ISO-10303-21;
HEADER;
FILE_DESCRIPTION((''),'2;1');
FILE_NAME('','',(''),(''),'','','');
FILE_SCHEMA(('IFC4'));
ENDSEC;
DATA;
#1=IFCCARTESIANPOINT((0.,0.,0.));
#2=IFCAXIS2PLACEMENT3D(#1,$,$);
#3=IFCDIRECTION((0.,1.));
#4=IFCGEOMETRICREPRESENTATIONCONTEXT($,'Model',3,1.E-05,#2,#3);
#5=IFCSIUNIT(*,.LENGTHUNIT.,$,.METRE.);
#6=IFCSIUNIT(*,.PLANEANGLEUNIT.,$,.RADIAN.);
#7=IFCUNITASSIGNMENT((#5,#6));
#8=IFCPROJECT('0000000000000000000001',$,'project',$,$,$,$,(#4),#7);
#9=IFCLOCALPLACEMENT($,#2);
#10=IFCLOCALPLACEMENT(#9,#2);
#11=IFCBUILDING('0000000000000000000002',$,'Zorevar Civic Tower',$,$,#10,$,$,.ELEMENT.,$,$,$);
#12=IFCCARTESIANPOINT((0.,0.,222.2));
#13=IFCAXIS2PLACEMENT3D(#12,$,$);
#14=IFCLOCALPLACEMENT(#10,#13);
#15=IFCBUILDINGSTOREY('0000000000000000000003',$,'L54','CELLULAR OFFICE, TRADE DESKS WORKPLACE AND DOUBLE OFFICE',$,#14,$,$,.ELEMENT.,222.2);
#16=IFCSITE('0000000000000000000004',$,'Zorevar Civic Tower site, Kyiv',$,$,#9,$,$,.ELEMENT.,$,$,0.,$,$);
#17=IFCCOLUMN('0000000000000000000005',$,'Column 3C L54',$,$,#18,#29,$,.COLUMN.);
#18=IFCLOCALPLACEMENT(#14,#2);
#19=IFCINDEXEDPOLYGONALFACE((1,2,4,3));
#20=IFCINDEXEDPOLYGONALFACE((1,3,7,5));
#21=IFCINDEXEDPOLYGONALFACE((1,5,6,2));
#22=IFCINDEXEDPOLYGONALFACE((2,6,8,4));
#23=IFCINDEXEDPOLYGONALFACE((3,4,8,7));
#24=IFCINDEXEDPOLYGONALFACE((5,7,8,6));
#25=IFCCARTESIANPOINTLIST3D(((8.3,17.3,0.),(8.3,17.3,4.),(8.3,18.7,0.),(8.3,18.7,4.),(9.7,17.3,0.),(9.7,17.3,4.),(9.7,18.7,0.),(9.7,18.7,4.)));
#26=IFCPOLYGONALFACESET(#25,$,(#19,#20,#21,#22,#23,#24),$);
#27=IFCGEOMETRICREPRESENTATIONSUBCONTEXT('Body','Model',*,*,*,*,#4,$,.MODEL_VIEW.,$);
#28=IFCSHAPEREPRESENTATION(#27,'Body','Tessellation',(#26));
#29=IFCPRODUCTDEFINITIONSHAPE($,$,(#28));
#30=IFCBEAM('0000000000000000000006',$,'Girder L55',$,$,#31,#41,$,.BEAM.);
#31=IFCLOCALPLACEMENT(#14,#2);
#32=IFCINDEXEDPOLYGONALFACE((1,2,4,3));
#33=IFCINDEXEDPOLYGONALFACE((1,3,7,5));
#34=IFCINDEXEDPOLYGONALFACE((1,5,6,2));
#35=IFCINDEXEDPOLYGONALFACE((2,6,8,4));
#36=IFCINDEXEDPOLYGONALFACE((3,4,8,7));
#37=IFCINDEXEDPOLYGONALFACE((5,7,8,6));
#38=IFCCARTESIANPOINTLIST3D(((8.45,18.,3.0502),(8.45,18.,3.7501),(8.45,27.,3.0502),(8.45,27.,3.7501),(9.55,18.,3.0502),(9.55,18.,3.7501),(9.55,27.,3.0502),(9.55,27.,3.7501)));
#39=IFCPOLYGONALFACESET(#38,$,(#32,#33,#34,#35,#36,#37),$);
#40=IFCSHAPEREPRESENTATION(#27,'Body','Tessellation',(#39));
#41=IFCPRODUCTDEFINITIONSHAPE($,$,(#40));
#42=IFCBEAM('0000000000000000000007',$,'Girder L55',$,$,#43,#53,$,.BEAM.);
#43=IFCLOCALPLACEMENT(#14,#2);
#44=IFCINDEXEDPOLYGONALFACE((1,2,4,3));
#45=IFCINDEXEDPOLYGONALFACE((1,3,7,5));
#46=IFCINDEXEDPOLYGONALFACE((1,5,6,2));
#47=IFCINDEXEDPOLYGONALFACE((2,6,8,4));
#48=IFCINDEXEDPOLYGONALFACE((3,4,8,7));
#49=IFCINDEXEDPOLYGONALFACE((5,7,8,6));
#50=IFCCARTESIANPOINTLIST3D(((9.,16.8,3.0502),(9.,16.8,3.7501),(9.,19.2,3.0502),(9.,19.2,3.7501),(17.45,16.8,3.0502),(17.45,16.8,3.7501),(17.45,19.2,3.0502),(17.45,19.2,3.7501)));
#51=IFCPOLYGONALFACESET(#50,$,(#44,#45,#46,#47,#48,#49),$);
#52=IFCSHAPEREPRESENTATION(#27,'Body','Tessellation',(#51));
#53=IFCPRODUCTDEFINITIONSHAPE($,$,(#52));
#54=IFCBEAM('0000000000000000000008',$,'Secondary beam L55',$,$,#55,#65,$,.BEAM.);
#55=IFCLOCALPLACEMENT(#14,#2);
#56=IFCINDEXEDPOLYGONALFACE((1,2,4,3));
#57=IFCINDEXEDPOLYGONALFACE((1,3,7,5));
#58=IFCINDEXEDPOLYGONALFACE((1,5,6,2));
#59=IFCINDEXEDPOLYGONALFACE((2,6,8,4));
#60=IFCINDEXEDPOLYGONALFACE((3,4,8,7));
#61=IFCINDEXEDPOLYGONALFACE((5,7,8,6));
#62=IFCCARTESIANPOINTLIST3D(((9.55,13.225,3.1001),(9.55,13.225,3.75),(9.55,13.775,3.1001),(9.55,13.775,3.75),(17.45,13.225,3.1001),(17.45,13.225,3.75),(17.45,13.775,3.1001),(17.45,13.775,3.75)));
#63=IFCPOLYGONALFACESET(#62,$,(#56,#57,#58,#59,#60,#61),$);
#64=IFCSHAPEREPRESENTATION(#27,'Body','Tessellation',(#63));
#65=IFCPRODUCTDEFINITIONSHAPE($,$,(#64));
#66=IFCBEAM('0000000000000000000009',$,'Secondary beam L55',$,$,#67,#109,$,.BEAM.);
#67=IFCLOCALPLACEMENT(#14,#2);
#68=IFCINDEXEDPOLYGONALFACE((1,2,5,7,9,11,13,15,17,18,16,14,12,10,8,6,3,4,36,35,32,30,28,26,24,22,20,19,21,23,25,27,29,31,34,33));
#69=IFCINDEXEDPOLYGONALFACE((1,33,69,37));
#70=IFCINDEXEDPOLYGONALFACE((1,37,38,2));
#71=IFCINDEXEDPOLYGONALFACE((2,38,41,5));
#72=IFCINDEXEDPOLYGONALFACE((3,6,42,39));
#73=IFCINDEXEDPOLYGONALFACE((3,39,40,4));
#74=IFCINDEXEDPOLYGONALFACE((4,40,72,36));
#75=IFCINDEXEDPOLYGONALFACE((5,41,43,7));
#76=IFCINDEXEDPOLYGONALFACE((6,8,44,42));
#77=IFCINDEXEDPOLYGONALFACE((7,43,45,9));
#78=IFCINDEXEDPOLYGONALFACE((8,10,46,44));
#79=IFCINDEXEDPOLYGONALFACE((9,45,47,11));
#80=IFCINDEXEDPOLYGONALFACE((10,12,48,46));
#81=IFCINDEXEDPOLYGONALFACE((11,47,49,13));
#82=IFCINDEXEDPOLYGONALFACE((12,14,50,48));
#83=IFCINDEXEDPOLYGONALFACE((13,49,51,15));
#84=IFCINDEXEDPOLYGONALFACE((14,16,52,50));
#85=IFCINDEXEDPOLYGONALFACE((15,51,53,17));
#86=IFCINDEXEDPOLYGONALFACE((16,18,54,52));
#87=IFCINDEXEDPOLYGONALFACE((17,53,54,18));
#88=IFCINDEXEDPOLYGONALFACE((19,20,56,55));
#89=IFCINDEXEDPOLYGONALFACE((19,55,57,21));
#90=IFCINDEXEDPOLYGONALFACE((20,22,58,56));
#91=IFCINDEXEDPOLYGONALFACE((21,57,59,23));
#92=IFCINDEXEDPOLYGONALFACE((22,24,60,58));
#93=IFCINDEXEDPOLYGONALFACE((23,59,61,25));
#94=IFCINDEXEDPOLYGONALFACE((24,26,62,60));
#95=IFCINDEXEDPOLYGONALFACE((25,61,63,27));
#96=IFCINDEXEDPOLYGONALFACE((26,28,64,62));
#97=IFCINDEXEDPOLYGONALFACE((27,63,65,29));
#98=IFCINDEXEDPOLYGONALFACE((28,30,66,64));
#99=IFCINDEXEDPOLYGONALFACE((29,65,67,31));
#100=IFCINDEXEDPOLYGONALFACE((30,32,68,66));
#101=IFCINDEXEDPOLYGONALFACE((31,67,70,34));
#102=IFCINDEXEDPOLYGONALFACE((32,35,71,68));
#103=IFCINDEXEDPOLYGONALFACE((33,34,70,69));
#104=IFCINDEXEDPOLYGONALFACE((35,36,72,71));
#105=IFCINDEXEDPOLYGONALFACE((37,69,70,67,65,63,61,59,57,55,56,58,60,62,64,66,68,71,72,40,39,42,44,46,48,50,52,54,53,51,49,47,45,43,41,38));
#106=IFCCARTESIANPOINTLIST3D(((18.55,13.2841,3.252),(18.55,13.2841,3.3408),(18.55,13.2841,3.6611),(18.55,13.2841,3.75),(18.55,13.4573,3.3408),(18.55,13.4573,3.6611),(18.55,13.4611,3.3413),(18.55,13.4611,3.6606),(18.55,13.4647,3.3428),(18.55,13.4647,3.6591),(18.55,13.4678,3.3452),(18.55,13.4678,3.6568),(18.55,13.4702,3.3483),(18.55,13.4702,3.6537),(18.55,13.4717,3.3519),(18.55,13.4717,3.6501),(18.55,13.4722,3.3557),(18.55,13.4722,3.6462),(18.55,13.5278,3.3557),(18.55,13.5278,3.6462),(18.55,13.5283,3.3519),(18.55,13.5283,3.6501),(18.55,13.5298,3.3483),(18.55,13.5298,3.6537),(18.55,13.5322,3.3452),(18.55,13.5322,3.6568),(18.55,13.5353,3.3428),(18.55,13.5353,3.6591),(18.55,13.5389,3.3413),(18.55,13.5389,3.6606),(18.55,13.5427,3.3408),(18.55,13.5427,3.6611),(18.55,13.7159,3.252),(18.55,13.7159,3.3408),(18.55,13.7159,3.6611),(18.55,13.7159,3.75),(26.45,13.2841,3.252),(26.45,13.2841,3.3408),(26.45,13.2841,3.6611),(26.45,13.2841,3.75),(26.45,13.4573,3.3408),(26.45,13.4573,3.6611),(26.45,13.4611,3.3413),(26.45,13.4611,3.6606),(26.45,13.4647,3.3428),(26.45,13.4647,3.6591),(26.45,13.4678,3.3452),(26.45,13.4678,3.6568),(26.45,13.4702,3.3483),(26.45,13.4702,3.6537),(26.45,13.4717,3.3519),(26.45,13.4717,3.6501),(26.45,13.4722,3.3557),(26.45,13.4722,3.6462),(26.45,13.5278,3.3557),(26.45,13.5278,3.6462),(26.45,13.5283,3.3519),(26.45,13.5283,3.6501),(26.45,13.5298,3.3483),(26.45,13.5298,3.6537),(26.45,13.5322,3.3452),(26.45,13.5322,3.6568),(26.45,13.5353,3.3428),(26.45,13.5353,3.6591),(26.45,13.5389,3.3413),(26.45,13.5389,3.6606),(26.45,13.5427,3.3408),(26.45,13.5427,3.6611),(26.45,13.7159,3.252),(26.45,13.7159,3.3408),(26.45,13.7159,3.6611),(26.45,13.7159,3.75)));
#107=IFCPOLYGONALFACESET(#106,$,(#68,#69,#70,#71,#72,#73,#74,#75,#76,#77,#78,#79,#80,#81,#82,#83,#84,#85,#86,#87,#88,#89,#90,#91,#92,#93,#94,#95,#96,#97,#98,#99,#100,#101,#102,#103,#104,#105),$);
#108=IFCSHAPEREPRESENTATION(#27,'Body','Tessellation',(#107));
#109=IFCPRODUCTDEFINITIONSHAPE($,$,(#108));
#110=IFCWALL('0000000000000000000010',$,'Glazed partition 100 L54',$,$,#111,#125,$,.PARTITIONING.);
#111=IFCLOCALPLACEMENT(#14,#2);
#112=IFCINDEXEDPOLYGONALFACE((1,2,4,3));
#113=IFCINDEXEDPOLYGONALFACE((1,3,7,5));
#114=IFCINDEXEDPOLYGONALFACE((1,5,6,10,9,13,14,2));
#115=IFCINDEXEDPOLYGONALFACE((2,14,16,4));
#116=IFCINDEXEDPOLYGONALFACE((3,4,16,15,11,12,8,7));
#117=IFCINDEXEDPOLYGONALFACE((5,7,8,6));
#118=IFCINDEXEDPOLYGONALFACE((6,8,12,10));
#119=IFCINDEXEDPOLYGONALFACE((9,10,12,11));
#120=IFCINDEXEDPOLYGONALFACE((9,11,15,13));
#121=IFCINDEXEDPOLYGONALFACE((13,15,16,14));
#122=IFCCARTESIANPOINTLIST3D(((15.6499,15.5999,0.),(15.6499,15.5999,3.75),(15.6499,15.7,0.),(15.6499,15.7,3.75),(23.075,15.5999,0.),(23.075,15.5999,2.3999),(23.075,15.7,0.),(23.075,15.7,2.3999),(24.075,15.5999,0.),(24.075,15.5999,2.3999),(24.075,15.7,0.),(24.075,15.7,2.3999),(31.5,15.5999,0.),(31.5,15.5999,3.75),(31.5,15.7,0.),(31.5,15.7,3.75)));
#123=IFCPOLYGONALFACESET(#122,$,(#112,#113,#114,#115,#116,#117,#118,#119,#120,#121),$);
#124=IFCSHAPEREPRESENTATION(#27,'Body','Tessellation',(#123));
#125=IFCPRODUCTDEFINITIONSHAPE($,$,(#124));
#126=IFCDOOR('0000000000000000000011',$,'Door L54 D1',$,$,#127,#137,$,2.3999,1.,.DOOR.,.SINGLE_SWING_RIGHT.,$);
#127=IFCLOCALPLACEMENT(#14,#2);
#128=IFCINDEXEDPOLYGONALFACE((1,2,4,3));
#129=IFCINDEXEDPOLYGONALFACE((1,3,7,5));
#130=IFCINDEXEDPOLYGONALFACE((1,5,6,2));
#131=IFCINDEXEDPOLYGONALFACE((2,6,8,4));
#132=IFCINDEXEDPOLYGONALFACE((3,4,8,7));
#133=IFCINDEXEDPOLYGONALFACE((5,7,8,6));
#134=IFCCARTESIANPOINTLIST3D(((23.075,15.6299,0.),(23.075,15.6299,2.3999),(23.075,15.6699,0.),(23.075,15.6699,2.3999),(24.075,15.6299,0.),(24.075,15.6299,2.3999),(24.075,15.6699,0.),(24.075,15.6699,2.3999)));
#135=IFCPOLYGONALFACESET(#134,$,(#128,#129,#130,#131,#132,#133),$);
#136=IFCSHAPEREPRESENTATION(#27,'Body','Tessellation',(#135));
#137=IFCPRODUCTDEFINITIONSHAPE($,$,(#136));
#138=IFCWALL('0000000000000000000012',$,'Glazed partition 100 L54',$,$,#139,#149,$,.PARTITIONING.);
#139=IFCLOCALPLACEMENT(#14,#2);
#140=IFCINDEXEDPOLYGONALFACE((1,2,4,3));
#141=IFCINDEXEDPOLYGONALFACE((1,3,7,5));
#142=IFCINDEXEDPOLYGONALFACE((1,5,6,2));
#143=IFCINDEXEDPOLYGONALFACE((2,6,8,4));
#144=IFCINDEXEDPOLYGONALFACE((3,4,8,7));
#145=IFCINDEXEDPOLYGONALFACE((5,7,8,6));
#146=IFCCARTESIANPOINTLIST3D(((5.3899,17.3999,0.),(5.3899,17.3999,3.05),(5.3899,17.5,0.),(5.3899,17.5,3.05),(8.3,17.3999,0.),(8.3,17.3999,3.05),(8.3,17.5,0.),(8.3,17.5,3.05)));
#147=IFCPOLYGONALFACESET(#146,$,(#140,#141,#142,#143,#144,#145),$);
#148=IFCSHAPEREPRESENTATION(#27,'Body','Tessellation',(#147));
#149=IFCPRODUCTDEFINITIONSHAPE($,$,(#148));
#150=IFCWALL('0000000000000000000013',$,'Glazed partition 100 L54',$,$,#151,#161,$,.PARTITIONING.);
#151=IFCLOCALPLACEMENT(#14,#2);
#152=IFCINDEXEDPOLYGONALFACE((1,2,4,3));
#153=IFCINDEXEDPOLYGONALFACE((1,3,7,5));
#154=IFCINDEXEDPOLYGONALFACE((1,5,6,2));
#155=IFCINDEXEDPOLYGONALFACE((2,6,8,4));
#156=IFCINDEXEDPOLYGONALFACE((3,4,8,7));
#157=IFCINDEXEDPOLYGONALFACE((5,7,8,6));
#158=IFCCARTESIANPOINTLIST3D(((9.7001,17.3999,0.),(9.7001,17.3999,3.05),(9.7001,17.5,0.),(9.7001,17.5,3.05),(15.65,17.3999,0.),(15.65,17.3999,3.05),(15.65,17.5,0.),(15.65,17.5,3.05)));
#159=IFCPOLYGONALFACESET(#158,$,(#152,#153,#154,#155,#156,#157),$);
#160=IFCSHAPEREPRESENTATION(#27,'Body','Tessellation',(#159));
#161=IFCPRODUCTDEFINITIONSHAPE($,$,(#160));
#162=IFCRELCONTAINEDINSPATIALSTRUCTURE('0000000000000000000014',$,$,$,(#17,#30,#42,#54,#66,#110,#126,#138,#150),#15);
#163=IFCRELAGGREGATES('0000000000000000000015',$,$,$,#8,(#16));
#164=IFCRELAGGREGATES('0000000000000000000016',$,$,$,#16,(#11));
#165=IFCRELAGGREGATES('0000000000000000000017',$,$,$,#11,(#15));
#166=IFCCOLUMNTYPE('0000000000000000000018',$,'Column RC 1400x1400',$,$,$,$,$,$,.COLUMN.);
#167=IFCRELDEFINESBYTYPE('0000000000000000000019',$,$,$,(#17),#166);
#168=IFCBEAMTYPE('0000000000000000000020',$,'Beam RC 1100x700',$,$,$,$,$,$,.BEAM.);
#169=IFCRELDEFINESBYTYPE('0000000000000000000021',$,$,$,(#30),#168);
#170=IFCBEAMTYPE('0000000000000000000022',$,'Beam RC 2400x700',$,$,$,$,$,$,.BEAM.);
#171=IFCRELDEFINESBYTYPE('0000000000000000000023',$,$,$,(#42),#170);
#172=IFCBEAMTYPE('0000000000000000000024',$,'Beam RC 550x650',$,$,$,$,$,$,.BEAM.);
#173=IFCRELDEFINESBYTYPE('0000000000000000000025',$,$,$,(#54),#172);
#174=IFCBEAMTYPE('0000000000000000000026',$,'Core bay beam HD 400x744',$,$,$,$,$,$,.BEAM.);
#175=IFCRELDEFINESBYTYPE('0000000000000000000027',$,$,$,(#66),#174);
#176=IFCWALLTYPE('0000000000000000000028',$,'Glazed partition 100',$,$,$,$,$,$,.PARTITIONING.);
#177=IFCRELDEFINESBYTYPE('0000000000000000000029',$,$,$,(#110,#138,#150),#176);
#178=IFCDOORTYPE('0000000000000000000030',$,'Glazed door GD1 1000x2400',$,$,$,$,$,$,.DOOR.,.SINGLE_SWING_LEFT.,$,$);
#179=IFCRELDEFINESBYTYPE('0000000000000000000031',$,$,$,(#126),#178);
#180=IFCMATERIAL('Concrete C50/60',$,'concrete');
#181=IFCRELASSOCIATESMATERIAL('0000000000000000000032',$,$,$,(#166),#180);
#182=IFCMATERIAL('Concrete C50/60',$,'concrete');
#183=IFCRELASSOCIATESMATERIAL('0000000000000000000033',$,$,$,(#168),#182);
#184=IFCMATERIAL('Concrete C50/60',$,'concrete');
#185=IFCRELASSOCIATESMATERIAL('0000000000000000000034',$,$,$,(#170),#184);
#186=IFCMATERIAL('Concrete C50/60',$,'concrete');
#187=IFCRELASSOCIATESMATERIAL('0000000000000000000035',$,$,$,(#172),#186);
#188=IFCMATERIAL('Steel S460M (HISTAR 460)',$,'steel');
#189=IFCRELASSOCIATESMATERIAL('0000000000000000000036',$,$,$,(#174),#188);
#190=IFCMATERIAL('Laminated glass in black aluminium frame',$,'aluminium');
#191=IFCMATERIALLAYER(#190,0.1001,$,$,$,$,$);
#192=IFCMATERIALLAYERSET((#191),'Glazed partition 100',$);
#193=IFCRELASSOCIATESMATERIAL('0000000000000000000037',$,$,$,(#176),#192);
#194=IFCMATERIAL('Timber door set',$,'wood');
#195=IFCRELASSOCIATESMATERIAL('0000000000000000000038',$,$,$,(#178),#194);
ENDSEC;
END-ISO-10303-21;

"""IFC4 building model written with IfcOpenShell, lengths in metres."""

from ifc_helpers import new_model, si_unit, direction, frame, frame_2d, origin, origin_2d, place, context, subcontext, project, spatial, rectangle, i_section, extrude, material, layer, layer_set, material_profile, profile_set, type_object, element, fill, save


model = new_model("IFC4")

# Units and contexts
model_context = context("Model", 3, precision=1e-05, world=origin(), true_north=direction((0.0, 1.0)))
body_context = subcontext(model_context, "Body", "Model", "MODEL_VIEW")
ifc_project = project(units=[si_unit("LENGTHUNIT", "METRE"), si_unit("PLANEANGLEUNIT", "RADIAN")], contexts=[model_context])

# Site, building, storey
site_placement = place(None, origin())
site = spatial("IfcSite", under=ifc_project, at=site_placement, Name="Zorevar Civic Tower site, Kyiv", CompositionType="ELEMENT", RefElevation=0.0)
building_placement = place(site_placement, origin())
building = spatial("IfcBuilding", under=site, at=building_placement, Name="Zorevar Civic Tower", CompositionType="ELEMENT")
storey_placement = place(building_placement, frame((0.0, 0.0, 222.2)))
storey = spatial("IfcBuildingStorey", under=building, at=storey_placement, Name="L54", Description="CELLULAR OFFICE, TRADE DESKS WORKPLACE AND DOUBLE OFFICE", CompositionType="ELEMENT", Elevation=222.2)

# Column
ifc_material_1 = material(Name="Concrete C50/60", Category="concrete")
ifc_material_profile_1 = material_profile(ifc_material_1, rectangle(XDim=1.3999, YDim=1.3999, at=origin_2d()), Name="RC 1400x1400")
ifc_profile_set_1 = profile_set([ifc_material_profile_1], Name="Concrete C50/60")
column_type = type_object("IfcColumnType", Name="Column RC 1400x1400", PredefinedType="COLUMN", material=ifc_profile_set_1)
column_placement = place(storey_placement, frame((9.0, 18.0, 0.0), z_axis=(0.0, 0.0, 1.0), x_axis=(1.0, 0.0, 0.0)))
element("IfcColumn", 1, at=column_placement, inside=storey, type_object=column_type, Name="Column 3C L54", PredefinedType="COLUMN", context=body_context, shape_type="SweptSolid", body=[
    extrude(rectangle(XDim=1.3999, YDim=1.3999, at=origin_2d()), origin(), (0.0, 0.0, 1.0), 4.0),
])

# Beams
ifc_material_2 = material(Name="Concrete C50/60", Category="concrete")
ifc_material_profile_2 = material_profile(ifc_material_2, rectangle(XDim=1.1001, YDim=0.7, at=origin_2d()), Name="RC 1100x700")
ifc_profile_set_2 = profile_set([ifc_material_profile_2], Name="Concrete C50/60")
beam_type_1 = type_object("IfcBeamType", Name="Beam RC 1100x700", PredefinedType="BEAM", material=ifc_profile_set_2)
beam_1_placement = place(storey_placement, frame((9.0, 18.0, 3.4001), z_axis=(0.0, 1.0, 0.0), x_axis=(-1.0, 0.0, 0.0)))
element("IfcBeam", 2, at=beam_1_placement, inside=storey, type_object=beam_type_1, Name="Girder L55", PredefinedType="BEAM", context=body_context, shape_type="SweptSolid", body=[
    extrude(rectangle(XDim=1.1001, YDim=0.7, at=origin_2d()), origin(), (0.0, 0.0, 1.0), 9.0),
])
ifc_material_3 = material(Name="Concrete C50/60", Category="concrete")
ifc_material_profile_3 = material_profile(ifc_material_3, rectangle(XDim=2.3999, YDim=0.7, at=origin_2d()), Name="RC 2400x700")
ifc_profile_set_3 = profile_set([ifc_material_profile_3], Name="Concrete C50/60")
beam_type_2 = type_object("IfcBeamType", Name="Beam RC 2400x700", PredefinedType="BEAM", material=ifc_profile_set_3)
beam_2_placement = place(storey_placement, frame((9.0, 18.0, 3.4001), z_axis=(1.0, 0.0, 0.0), x_axis=(0.0, 1.0, 0.0)))
element("IfcBeam", 3, at=beam_2_placement, inside=storey, type_object=beam_type_2, Name="Girder L55", PredefinedType="BEAM", context=body_context, shape_type="SweptSolid", body=[
    extrude(rectangle(XDim=2.3999, YDim=0.7, at=origin_2d()), origin(), (0.0, 0.0, 1.0), 8.45),
])
ifc_material_4 = material(Name="Concrete C50/60", Category="concrete")
ifc_material_profile_4 = material_profile(ifc_material_4, rectangle(XDim=0.55, YDim=0.6499, at=origin_2d()), Name="RC 550x650")
ifc_profile_set_4 = profile_set([ifc_material_profile_4], Name="Concrete C50/60")
beam_type_3 = type_object("IfcBeamType", Name="Beam RC 550x650", PredefinedType="BEAM", material=ifc_profile_set_4)
beam_3_placement = place(storey_placement, frame((9.55, 13.5, 3.425), z_axis=(1.0, 0.0, 0.0), x_axis=(0.0, 1.0, 0.0)))
element("IfcBeam", 4, at=beam_3_placement, inside=storey, type_object=beam_type_3, Name="Secondary beam L55", PredefinedType="BEAM", context=body_context, shape_type="SweptSolid", body=[
    extrude(rectangle(XDim=0.55, YDim=0.6499, at=origin_2d()), origin(), (0.0, 0.0, 1.0), 7.8999),
])
ifc_material_5 = material(Name="Steel S460M (HISTAR 460)", Category="steel")
ifc_material_profile_5 = material_profile(ifc_material_5, i_section(OverallWidth=0.4319, OverallDepth=0.498, WebThickness=0.0557, FlangeThickness=0.0889, FilletRadius=0.0149, at=origin_2d()), Name="HD 400x744")
ifc_profile_set_5 = profile_set([ifc_material_profile_5], Name="Steel S460M (HISTAR 460)")
beam_type_4 = type_object("IfcBeamType", Name="Core bay beam HD 400x744", PredefinedType="BEAM", material=ifc_profile_set_5)
beam_4_placement = place(storey_placement, frame((18.55, 13.5, 3.501), z_axis=(1.0, 0.0, 0.0), x_axis=(0.0, 1.0, 0.0)))
element("IfcBeam", 5, at=beam_4_placement, inside=storey, type_object=beam_type_4, Name="Secondary beam L55", PredefinedType="BEAM", context=body_context, shape_type="SweptSolid", body=[
    extrude(i_section(OverallWidth=0.4319, OverallDepth=0.498, WebThickness=0.0557, FlangeThickness=0.0889, FilletRadius=0.0149, at=origin_2d()), origin(), (0.0, 0.0, 1.0), 7.8999),
])

# Wall, opening, door
ifc_material_6 = material(Name="Laminated glass in black aluminium frame", Category="aluminium")
ifc_layer_1 = layer(ifc_material_6, 0.1001)
ifc_layer_set_1 = layer_set([ifc_layer_1], Name="Glazed partition 100")
wall_type_1 = type_object("IfcWallType", Name="Glazed partition 100", PredefinedType="PARTITIONING", material=ifc_layer_set_1)
wall_1_placement = place(storey_placement, frame((15.6499, 15.6499, 0.0), z_axis=(0.0, 0.0, 1.0), x_axis=(1.0, 0.0, 0.0)))
wall_1 = element("IfcWall", 6, at=wall_1_placement, inside=storey, type_object=wall_type_1, Name="Glazed partition 100 L54", PredefinedType="PARTITIONING", context=body_context, shape_type="SweptSolid", body=[
    extrude(rectangle(XDim=15.8501, YDim=0.1001, at=frame_2d((7.925, 0.0))), origin(), (0.0, 0.0, 1.0), 3.75),
])
opening_1_placement = place(wall_1_placement, frame((7.425, 0.0, 0.0)))
opening_1 = element("IfcOpeningElement", 7, at=opening_1_placement, cuts=wall_1, PredefinedType="OPENING", context=body_context, shape_type="SweptSolid", body=[
    extrude(rectangle(XDim=1.0, YDim=2.3999, at=frame_2d((0.5, 1.2))), frame((0.0, 0.0601, 0.0), z_axis=(0.0, -1.0, 0.0), x_axis=(1.0, 0.0, 0.0)), (0.0, 0.0, 1.0), 0.1201),
])
ifc_material_7 = material(Name="Timber door set", Category="wood")
door_type_1 = type_object("IfcDoorType", Name="Glazed door GD1 1000x2400", OperationType="SINGLE_SWING_LEFT", PredefinedType="DOOR", material=ifc_material_7)
door_1_placement = place(opening_1_placement, origin())
door_1 = element("IfcDoor", 8, at=door_1_placement, inside=storey, type_object=door_type_1, Name="Door L54 D1", OperationType="SINGLE_SWING_RIGHT", OverallHeight=2.3999, OverallWidth=1.0, PredefinedType="DOOR", context=body_context, shape_type="SweptSolid", body=[
    extrude(rectangle(XDim=1.0, YDim=2.3999, at=frame_2d((0.5, 1.2))), frame((0.0, 0.02, 0.0), z_axis=(0.0, -1.0, 0.0), x_axis=(1.0, 0.0, 0.0)), (0.0, 0.0, 1.0), 0.04),
])
fill(opening_1, door_1)

# Walls
wall_2_placement = place(storey_placement, frame((5.3899, 17.45, 0.0), z_axis=(0.0, 0.0, 1.0), x_axis=(1.0, 0.0, 0.0)))
element("IfcWall", 9, at=wall_2_placement, inside=storey, type_object=wall_type_1, Name="Glazed partition 100 L54", PredefinedType="PARTITIONING", context=body_context, shape_type="SweptSolid", body=[
    extrude(rectangle(XDim=2.9102, YDim=0.1001, at=frame_2d((1.4551, 0.0))), origin(), (0.0, 0.0, 1.0), 3.05),
])
wall_3_placement = place(storey_placement, frame((9.7, 17.45, 0.0), z_axis=(0.0, 0.0, 1.0), x_axis=(1.0, 0.0, 0.0)))
element("IfcWall", 10, at=wall_3_placement, inside=storey, type_object=wall_type_1, Name="Glazed partition 100 L54", PredefinedType="PARTITIONING", context=body_context, shape_type="SweptSolid", body=[
    extrude(rectangle(XDim=5.95, YDim=0.1001, at=frame_2d((2.9751, 0.0))), origin(), (0.0, 0.0, 1.0), 3.05),
])

save(model, "model.ifc")
